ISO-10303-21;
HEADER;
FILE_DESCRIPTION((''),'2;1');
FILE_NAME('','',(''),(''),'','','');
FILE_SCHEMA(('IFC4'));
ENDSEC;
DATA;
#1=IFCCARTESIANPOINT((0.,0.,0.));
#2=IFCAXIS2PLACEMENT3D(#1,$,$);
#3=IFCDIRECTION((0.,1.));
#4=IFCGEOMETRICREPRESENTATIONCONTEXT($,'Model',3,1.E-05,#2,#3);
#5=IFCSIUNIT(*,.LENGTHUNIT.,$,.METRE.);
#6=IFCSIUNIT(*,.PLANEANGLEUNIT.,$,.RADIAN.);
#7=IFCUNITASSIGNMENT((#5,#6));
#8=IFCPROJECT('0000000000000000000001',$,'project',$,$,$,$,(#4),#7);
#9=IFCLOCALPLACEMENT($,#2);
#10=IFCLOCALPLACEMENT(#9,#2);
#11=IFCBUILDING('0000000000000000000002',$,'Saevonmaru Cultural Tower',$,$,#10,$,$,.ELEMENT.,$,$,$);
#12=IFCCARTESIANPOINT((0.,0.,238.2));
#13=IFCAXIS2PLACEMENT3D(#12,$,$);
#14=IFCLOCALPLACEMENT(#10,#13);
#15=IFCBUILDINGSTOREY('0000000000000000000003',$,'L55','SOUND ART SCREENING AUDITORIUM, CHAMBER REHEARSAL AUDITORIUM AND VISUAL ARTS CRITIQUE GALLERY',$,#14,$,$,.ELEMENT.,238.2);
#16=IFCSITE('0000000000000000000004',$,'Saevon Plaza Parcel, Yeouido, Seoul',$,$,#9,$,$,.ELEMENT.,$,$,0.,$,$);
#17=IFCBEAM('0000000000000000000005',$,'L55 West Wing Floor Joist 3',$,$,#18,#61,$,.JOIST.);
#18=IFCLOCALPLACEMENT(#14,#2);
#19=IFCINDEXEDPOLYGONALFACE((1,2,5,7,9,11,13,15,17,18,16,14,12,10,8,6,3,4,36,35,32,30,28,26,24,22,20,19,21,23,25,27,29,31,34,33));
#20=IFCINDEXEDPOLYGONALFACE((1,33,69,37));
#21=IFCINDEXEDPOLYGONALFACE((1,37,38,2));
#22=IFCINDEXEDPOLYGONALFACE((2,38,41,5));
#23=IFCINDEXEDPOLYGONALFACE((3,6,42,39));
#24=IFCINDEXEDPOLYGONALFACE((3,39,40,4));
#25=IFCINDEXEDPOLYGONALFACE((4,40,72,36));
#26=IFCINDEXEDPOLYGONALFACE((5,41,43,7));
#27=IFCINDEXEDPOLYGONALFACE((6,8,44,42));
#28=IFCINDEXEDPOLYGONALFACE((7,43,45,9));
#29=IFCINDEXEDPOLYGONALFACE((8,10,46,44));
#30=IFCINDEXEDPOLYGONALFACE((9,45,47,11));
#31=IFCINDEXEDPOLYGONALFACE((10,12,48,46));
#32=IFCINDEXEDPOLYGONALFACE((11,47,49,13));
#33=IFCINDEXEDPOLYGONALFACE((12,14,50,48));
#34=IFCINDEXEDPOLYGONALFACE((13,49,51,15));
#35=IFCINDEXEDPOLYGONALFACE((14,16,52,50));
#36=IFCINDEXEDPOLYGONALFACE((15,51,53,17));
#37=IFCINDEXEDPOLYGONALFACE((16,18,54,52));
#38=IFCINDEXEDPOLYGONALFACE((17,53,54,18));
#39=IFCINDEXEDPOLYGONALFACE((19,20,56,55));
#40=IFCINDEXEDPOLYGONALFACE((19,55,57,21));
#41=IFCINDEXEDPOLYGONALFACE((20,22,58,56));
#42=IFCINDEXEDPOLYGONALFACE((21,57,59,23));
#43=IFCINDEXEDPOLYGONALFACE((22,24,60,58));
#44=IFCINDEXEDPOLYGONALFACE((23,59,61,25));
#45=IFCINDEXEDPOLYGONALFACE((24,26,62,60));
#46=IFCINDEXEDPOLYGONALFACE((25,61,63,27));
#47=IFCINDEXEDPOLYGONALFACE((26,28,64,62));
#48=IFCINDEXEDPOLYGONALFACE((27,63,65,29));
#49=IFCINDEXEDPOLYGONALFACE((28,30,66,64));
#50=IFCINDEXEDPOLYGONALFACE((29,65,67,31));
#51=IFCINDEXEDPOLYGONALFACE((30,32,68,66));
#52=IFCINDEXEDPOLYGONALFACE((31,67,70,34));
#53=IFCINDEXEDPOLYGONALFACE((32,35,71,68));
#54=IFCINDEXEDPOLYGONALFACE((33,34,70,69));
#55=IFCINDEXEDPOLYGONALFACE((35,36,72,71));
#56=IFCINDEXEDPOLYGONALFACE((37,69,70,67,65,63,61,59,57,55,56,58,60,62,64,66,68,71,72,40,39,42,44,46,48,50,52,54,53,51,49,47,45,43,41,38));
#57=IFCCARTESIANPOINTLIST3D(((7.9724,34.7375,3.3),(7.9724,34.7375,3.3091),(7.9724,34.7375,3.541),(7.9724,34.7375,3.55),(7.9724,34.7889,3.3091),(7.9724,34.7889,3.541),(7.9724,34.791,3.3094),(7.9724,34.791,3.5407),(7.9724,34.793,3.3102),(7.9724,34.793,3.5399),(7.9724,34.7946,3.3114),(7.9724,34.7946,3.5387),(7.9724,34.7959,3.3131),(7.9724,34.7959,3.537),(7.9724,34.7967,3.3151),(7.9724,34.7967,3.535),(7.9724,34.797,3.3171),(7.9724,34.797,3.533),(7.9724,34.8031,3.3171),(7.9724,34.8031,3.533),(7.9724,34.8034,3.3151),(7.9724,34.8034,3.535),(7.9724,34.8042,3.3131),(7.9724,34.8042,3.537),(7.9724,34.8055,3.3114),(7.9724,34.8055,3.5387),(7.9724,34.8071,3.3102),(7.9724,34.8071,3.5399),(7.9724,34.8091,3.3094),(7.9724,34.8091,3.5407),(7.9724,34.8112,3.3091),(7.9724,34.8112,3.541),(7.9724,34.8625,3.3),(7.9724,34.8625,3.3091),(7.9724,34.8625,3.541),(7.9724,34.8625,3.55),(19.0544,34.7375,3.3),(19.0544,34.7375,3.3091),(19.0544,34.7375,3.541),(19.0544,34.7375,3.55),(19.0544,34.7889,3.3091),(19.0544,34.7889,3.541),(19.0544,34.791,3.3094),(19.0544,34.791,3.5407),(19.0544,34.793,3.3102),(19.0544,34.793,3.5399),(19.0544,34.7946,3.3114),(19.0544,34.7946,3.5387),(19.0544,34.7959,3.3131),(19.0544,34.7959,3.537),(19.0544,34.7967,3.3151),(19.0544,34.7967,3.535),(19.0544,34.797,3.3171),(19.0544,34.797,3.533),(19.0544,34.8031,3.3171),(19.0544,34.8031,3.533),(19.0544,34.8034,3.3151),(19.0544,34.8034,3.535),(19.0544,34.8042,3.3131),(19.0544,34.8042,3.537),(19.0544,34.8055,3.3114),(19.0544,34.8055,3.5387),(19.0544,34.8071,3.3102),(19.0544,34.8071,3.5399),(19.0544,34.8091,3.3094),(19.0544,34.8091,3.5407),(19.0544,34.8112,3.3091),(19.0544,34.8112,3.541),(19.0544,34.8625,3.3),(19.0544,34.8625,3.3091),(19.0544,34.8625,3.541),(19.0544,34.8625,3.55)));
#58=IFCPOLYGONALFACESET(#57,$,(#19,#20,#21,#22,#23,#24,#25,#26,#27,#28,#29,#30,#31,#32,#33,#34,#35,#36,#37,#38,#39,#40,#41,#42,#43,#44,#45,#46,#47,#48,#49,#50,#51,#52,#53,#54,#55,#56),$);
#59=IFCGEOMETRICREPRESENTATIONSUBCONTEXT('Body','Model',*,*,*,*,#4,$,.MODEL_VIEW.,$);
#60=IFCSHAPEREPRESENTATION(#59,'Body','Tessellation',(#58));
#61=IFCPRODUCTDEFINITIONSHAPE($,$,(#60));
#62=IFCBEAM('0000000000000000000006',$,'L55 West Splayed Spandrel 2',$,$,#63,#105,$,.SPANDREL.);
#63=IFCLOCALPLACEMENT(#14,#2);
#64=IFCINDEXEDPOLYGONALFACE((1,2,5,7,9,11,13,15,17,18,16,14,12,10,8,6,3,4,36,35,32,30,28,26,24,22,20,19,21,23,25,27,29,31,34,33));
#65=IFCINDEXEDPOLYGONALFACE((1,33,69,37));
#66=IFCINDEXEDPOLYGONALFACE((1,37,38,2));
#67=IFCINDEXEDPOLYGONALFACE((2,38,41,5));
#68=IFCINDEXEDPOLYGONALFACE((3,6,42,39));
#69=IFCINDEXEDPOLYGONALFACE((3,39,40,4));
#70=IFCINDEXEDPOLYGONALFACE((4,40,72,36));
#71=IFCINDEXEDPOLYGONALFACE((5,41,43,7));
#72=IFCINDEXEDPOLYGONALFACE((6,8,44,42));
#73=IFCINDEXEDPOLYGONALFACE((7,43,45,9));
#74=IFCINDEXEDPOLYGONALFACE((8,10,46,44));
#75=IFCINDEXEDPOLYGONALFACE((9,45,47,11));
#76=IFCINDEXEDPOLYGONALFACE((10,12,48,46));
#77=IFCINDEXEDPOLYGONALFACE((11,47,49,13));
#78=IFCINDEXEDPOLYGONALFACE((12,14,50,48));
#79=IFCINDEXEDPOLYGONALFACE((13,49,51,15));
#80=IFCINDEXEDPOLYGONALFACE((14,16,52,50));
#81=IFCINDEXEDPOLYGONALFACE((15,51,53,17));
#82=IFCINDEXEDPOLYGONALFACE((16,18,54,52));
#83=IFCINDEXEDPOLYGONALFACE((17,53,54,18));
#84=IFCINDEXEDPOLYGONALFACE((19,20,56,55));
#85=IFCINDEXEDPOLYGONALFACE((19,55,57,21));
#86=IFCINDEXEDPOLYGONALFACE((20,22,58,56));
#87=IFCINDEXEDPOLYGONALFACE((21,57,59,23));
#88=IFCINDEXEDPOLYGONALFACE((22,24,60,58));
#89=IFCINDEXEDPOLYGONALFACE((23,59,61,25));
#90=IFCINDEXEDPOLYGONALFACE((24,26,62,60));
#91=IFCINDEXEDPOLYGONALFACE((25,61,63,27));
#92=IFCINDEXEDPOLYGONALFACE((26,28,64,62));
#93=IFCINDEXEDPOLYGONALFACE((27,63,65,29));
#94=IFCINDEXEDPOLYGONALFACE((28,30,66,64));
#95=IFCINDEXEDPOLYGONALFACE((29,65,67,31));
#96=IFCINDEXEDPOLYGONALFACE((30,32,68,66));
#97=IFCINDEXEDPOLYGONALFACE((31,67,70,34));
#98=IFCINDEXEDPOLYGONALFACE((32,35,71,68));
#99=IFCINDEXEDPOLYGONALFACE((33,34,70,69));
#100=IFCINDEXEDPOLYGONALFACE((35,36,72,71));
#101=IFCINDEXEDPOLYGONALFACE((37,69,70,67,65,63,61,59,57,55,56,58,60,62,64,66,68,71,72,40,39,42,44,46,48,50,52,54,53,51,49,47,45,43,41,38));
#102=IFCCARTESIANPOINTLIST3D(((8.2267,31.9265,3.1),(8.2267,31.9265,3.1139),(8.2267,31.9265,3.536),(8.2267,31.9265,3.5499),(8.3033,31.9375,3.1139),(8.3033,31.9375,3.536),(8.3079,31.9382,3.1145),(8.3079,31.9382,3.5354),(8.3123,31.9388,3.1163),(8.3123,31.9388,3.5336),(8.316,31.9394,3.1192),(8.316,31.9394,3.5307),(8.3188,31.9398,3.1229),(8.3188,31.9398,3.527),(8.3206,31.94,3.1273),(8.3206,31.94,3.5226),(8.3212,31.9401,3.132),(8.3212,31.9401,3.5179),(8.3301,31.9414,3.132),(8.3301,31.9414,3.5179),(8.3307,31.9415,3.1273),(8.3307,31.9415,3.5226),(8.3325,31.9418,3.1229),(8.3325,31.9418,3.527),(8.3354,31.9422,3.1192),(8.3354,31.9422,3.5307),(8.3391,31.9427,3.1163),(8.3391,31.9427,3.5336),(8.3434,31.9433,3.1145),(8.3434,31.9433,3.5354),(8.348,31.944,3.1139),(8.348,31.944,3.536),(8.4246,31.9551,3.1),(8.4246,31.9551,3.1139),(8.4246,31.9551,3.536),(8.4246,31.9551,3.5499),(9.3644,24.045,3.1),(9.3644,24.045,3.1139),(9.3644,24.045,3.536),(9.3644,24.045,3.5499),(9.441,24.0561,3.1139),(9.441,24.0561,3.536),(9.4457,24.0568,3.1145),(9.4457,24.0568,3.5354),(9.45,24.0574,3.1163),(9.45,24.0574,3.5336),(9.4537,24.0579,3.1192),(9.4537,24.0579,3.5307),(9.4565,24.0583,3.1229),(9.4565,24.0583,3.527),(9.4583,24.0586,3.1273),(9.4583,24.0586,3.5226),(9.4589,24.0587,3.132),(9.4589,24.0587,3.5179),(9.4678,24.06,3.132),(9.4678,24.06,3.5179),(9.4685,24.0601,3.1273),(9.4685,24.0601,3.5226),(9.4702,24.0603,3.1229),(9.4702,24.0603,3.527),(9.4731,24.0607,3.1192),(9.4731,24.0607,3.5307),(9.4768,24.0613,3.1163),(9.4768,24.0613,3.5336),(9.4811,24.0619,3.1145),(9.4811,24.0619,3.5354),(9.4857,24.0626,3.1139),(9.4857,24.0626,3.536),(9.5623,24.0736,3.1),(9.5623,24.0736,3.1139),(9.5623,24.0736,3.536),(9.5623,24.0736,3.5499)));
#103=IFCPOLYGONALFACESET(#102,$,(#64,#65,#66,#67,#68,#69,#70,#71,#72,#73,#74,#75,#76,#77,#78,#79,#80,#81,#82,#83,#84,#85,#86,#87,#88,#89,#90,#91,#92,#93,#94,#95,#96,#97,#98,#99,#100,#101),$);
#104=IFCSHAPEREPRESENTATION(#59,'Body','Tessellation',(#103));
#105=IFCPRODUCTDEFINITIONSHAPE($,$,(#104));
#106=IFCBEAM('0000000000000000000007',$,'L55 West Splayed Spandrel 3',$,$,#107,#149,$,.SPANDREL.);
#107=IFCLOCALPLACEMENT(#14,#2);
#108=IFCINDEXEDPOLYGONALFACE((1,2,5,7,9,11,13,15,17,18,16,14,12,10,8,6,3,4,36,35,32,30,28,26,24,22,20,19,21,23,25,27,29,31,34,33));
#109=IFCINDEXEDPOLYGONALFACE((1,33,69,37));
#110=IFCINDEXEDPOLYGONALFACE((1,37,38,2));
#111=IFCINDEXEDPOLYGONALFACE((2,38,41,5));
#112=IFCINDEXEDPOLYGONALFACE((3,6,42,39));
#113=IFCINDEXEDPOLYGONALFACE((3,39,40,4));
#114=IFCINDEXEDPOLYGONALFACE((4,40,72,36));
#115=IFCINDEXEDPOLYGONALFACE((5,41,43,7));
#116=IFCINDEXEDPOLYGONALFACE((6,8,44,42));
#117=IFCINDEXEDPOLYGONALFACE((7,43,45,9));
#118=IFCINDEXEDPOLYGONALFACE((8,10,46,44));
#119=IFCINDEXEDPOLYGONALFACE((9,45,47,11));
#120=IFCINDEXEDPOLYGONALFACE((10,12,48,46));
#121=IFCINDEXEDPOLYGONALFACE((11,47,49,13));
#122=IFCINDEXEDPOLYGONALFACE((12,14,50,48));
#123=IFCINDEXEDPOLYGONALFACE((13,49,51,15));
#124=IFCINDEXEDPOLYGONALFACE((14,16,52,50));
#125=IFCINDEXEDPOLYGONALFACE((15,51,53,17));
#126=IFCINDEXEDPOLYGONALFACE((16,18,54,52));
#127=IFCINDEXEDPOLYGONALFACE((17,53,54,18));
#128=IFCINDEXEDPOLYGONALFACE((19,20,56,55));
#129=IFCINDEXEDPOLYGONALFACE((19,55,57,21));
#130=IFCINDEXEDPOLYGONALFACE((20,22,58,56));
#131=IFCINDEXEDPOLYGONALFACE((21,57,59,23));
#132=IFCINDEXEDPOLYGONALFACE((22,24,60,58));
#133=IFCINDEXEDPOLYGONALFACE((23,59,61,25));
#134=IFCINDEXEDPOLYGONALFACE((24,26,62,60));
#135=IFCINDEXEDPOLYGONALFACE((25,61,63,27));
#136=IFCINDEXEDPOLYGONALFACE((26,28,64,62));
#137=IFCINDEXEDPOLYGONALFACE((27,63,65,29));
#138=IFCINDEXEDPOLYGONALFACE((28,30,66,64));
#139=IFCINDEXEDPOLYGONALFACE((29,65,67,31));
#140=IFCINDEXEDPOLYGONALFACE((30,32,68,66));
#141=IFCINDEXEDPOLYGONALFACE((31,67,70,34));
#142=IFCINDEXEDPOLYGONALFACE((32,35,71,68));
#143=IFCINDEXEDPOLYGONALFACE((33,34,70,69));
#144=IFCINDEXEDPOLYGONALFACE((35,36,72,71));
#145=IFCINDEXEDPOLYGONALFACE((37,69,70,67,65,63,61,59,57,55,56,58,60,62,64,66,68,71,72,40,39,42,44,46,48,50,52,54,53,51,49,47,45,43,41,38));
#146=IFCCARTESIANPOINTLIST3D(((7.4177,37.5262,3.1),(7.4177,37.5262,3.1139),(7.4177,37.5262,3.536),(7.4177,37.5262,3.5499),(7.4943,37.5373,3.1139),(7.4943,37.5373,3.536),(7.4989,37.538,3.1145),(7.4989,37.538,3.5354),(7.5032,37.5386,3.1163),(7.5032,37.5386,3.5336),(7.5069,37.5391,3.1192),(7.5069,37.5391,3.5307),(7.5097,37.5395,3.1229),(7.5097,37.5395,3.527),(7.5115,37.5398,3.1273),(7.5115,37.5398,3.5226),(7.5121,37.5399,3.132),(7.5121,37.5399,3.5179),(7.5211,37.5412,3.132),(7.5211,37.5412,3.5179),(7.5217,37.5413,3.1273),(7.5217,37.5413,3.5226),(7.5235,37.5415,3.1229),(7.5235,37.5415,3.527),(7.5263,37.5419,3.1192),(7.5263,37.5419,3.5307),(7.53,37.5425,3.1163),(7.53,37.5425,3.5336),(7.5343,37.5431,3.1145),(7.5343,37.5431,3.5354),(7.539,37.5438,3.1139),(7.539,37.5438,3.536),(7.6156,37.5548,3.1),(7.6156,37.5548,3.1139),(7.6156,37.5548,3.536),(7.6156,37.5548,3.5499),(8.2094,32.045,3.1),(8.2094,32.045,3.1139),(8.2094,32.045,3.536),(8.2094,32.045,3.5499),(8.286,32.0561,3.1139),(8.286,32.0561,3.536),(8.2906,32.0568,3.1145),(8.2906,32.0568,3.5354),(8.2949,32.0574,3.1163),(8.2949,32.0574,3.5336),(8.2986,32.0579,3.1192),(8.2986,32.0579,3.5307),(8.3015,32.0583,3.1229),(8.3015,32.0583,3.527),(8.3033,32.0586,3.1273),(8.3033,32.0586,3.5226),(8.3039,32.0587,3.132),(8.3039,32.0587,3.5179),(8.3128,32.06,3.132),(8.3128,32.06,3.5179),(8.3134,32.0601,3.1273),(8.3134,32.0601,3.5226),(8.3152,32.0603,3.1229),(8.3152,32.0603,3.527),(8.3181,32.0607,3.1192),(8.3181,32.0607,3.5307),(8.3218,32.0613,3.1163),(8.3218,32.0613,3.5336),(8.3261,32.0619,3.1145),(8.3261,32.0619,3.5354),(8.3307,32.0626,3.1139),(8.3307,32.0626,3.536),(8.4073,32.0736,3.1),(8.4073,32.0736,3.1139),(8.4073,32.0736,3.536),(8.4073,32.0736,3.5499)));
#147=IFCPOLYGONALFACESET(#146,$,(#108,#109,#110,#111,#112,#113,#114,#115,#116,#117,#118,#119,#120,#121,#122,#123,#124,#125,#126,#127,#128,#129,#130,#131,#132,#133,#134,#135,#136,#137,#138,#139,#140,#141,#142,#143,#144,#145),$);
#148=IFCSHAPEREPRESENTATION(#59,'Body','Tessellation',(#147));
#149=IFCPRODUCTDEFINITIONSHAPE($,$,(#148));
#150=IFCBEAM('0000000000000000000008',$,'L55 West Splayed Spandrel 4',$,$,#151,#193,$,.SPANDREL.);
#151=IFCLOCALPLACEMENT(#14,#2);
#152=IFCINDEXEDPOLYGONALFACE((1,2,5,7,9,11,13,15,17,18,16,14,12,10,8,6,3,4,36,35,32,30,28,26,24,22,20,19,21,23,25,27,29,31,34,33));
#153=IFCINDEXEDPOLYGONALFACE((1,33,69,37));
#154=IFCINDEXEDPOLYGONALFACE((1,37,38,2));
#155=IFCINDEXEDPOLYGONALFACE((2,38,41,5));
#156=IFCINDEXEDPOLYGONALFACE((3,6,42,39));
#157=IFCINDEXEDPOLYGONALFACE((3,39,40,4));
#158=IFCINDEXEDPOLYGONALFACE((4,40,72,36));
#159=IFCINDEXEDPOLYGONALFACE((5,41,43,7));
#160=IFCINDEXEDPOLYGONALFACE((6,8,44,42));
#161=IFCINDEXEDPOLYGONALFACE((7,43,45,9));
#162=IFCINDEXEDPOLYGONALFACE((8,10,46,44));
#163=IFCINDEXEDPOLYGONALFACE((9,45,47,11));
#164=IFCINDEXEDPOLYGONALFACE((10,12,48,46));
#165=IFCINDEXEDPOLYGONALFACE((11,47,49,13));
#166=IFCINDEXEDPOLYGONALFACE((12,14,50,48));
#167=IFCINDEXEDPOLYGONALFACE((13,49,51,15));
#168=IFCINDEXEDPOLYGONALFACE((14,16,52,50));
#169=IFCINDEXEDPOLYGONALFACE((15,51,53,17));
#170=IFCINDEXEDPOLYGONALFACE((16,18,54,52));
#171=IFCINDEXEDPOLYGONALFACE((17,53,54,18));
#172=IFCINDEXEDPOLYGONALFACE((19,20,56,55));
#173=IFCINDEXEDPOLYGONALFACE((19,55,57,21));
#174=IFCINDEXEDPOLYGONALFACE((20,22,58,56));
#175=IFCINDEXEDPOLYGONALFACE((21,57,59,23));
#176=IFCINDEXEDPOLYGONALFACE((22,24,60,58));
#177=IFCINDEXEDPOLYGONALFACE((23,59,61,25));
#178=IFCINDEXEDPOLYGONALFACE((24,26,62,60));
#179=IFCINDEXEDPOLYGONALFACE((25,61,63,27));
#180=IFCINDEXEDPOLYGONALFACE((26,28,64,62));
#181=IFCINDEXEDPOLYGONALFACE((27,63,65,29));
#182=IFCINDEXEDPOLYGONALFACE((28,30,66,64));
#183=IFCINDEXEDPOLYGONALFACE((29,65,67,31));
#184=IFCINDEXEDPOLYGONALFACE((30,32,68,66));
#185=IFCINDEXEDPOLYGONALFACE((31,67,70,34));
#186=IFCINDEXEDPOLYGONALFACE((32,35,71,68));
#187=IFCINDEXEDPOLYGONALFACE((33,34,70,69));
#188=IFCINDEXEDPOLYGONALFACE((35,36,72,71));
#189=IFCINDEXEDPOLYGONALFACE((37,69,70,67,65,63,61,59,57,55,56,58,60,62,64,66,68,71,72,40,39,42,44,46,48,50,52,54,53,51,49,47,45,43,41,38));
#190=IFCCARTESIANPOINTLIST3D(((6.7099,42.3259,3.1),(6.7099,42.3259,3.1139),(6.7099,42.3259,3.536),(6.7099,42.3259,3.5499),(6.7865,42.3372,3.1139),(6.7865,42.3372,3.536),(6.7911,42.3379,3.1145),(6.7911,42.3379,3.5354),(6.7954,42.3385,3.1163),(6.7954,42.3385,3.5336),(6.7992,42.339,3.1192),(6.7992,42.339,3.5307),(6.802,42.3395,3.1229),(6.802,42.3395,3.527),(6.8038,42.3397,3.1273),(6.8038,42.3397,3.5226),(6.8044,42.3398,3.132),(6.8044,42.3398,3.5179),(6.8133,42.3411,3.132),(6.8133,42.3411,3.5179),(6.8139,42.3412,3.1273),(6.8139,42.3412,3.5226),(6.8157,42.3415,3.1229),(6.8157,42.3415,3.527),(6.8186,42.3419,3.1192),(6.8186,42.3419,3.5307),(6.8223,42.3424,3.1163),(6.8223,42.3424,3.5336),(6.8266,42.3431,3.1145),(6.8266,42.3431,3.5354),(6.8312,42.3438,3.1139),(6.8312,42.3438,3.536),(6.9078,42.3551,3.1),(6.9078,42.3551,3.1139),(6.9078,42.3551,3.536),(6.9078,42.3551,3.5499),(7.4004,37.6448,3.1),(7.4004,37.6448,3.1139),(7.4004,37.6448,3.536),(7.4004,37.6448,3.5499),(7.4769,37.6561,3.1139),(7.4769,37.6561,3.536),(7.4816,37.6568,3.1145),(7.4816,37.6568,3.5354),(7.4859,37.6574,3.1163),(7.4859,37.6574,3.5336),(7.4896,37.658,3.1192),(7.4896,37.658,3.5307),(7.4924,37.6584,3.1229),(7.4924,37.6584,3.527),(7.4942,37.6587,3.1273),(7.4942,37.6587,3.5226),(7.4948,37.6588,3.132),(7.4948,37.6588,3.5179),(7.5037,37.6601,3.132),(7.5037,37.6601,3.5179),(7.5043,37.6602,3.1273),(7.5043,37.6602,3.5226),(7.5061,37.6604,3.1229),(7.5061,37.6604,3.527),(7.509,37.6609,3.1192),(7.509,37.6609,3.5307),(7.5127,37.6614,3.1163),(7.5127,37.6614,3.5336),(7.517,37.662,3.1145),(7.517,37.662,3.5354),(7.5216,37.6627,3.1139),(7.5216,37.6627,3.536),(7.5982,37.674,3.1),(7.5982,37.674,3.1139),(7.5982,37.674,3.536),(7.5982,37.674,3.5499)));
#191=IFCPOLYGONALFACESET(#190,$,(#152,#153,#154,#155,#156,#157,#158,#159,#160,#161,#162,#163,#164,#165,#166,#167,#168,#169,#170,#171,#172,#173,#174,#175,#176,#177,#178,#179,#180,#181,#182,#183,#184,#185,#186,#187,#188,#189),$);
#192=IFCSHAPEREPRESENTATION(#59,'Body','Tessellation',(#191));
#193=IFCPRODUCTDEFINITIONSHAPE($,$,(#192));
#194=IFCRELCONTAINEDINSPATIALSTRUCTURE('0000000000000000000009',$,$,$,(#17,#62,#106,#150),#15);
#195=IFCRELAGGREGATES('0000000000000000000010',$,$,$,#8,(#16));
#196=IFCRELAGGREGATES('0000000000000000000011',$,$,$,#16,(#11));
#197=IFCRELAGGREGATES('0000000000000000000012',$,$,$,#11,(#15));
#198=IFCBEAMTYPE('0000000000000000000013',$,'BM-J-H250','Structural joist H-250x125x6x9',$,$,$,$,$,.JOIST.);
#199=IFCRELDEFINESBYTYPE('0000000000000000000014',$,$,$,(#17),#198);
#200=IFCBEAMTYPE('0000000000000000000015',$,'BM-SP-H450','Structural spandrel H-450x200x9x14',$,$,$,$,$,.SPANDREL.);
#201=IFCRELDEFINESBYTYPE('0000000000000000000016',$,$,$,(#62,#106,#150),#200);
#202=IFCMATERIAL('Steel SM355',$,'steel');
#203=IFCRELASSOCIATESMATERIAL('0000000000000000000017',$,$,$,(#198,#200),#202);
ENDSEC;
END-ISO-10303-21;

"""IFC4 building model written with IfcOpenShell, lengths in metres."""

from ifc_helpers import new_model, si_unit, direction, frame, origin, origin_2d, place, context, subcontext, project, spatial, i_section, extrude, material, material_profile, profile_set, type_object, element, save


model = new_model("IFC4")

# Units and contexts
model_context = context("Model", 3, precision=1e-05, world=origin(), true_north=direction((0.0, 1.0)))
body_context = subcontext(model_context, "Body", "Model", "MODEL_VIEW")
ifc_project = project(units=[si_unit("LENGTHUNIT", "METRE"), si_unit("PLANEANGLEUNIT", "RADIAN")], contexts=[model_context])

# Site, building, storey
site_placement = place(None, origin())
site = spatial("IfcSite", under=ifc_project, at=site_placement, Name="Saevon Plaza Parcel, Yeouido, Seoul", CompositionType="ELEMENT", RefElevation=0.0)
building_placement = place(site_placement, origin())
building = spatial("IfcBuilding", under=site, at=building_placement, Name="Saevonmaru Cultural Tower", CompositionType="ELEMENT")
storey_placement = place(building_placement, frame((0.0, 0.0, 238.2)))
storey = spatial("IfcBuildingStorey", under=building, at=storey_placement, Name="L55", Description="SOUND ART SCREENING AUDITORIUM, CHAMBER REHEARSAL AUDITORIUM AND VISUAL ARTS CRITIQUE GALLERY", CompositionType="ELEMENT", Elevation=238.2)

# Beams
ifc_material_1 = material(Name="Steel SM355", Category="steel")
ifc_material_profile_1 = material_profile(ifc_material_1, i_section(OverallWidth=0.125, OverallDepth=0.25, WebThickness=0.0061, FlangeThickness=0.009, FilletRadius=0.0081, at=origin_2d()), Name="H-250x125x6x9")
ifc_profile_set_1 = profile_set([ifc_material_profile_1], Name="Steel SM355")
beam_type_1 = type_object("IfcBeamType", Name="BM-J-H250", Description="Structural joist H-250x125x6x9", PredefinedType="JOIST", material=ifc_profile_set_1)
for number, where, z_axis, x_axis, name in (
    (1, (7.9724, 34.8, 3.425), (1.0, 0.0, 0.0), (0.0, 1.0, 0.0), "L55 West Wing Floor Joist 3"),
):
    element("IfcBeam", number, at=place(storey_placement, frame(where, z_axis=z_axis, x_axis=x_axis)), inside=storey, type_object=beam_type_1, Name=name, PredefinedType="JOIST", context=body_context, shape_type="SweptSolid", body=[
        extrude(i_section(OverallWidth=0.125, OverallDepth=0.25, WebThickness=0.0061, FlangeThickness=0.009, FilletRadius=0.0081, at=origin_2d()), origin(), (0.0, 0.0, 1.0), 11.082),
    ])
ifc_material_profile_2 = material_profile(ifc_material_1, i_section(OverallWidth=0.2, OverallDepth=0.45, WebThickness=0.009, FlangeThickness=0.0139, FilletRadius=0.0181, at=origin_2d()), Name="H-450x200x9x14")
ifc_profile_set_2 = profile_set([ifc_material_profile_2], Name="Steel SM355")
beam_type_2 = type_object("IfcBeamType", Name="BM-SP-H450", Description="Structural spandrel H-450x200x9x14", PredefinedType="SPANDREL", material=ifc_profile_set_2)
beam_1_placement = place(storey_placement, frame((9.4634, 24.0593, 3.325), z_axis=(-0.142872, 0.989741, 0.0), x_axis=(-0.989741, -0.142872, 0.0)))
element("IfcBeam", 2, at=beam_1_placement, inside=storey, type_object=beam_type_2, Name="L55 West Splayed Spandrel 2", PredefinedType="SPANDREL", context=body_context, shape_type="SweptSolid", body=[
    extrude(i_section(OverallWidth=0.2, OverallDepth=0.45, WebThickness=0.009, FlangeThickness=0.0139, FilletRadius=0.0181, at=origin_2d()), origin(), (0.0, 0.0, 1.0), 7.9631),
])
beam_2_placement = place(storey_placement, frame((8.3083, 32.0593, 3.325), z_axis=(-0.142964, 0.989728, 0.0), x_axis=(-0.989728, -0.142964, 0.0)))
element("IfcBeam", 3, at=beam_2_placement, inside=storey, type_object=beam_type_2, Name="L55 West Splayed Spandrel 3", PredefinedType="SPANDREL", context=body_context, shape_type="SweptSolid", body=[
    extrude(i_section(OverallWidth=0.2, OverallDepth=0.45, WebThickness=0.009, FlangeThickness=0.0139, FilletRadius=0.0181, at=origin_2d()), origin(), (0.0, 0.0, 1.0), 5.5381),
])
beam_3_placement = place(storey_placement, frame((7.4993, 37.6594, 3.325), z_axis=(-0.145913, 0.989297, 0.0), x_axis=(-0.989297, -0.145913, 0.0)))
element("IfcBeam", 4, at=beam_3_placement, inside=storey, type_object=beam_type_2, Name="L55 West Splayed Spandrel 4", PredefinedType="SPANDREL", context=body_context, shape_type="SweptSolid", body=[
    extrude(i_section(OverallWidth=0.2, OverallDepth=0.45, WebThickness=0.009, FlangeThickness=0.0139, FilletRadius=0.0181, at=origin_2d()), origin(), (0.0, 0.0, 1.0), 4.7317),
])

save(model, "model.ifc")
